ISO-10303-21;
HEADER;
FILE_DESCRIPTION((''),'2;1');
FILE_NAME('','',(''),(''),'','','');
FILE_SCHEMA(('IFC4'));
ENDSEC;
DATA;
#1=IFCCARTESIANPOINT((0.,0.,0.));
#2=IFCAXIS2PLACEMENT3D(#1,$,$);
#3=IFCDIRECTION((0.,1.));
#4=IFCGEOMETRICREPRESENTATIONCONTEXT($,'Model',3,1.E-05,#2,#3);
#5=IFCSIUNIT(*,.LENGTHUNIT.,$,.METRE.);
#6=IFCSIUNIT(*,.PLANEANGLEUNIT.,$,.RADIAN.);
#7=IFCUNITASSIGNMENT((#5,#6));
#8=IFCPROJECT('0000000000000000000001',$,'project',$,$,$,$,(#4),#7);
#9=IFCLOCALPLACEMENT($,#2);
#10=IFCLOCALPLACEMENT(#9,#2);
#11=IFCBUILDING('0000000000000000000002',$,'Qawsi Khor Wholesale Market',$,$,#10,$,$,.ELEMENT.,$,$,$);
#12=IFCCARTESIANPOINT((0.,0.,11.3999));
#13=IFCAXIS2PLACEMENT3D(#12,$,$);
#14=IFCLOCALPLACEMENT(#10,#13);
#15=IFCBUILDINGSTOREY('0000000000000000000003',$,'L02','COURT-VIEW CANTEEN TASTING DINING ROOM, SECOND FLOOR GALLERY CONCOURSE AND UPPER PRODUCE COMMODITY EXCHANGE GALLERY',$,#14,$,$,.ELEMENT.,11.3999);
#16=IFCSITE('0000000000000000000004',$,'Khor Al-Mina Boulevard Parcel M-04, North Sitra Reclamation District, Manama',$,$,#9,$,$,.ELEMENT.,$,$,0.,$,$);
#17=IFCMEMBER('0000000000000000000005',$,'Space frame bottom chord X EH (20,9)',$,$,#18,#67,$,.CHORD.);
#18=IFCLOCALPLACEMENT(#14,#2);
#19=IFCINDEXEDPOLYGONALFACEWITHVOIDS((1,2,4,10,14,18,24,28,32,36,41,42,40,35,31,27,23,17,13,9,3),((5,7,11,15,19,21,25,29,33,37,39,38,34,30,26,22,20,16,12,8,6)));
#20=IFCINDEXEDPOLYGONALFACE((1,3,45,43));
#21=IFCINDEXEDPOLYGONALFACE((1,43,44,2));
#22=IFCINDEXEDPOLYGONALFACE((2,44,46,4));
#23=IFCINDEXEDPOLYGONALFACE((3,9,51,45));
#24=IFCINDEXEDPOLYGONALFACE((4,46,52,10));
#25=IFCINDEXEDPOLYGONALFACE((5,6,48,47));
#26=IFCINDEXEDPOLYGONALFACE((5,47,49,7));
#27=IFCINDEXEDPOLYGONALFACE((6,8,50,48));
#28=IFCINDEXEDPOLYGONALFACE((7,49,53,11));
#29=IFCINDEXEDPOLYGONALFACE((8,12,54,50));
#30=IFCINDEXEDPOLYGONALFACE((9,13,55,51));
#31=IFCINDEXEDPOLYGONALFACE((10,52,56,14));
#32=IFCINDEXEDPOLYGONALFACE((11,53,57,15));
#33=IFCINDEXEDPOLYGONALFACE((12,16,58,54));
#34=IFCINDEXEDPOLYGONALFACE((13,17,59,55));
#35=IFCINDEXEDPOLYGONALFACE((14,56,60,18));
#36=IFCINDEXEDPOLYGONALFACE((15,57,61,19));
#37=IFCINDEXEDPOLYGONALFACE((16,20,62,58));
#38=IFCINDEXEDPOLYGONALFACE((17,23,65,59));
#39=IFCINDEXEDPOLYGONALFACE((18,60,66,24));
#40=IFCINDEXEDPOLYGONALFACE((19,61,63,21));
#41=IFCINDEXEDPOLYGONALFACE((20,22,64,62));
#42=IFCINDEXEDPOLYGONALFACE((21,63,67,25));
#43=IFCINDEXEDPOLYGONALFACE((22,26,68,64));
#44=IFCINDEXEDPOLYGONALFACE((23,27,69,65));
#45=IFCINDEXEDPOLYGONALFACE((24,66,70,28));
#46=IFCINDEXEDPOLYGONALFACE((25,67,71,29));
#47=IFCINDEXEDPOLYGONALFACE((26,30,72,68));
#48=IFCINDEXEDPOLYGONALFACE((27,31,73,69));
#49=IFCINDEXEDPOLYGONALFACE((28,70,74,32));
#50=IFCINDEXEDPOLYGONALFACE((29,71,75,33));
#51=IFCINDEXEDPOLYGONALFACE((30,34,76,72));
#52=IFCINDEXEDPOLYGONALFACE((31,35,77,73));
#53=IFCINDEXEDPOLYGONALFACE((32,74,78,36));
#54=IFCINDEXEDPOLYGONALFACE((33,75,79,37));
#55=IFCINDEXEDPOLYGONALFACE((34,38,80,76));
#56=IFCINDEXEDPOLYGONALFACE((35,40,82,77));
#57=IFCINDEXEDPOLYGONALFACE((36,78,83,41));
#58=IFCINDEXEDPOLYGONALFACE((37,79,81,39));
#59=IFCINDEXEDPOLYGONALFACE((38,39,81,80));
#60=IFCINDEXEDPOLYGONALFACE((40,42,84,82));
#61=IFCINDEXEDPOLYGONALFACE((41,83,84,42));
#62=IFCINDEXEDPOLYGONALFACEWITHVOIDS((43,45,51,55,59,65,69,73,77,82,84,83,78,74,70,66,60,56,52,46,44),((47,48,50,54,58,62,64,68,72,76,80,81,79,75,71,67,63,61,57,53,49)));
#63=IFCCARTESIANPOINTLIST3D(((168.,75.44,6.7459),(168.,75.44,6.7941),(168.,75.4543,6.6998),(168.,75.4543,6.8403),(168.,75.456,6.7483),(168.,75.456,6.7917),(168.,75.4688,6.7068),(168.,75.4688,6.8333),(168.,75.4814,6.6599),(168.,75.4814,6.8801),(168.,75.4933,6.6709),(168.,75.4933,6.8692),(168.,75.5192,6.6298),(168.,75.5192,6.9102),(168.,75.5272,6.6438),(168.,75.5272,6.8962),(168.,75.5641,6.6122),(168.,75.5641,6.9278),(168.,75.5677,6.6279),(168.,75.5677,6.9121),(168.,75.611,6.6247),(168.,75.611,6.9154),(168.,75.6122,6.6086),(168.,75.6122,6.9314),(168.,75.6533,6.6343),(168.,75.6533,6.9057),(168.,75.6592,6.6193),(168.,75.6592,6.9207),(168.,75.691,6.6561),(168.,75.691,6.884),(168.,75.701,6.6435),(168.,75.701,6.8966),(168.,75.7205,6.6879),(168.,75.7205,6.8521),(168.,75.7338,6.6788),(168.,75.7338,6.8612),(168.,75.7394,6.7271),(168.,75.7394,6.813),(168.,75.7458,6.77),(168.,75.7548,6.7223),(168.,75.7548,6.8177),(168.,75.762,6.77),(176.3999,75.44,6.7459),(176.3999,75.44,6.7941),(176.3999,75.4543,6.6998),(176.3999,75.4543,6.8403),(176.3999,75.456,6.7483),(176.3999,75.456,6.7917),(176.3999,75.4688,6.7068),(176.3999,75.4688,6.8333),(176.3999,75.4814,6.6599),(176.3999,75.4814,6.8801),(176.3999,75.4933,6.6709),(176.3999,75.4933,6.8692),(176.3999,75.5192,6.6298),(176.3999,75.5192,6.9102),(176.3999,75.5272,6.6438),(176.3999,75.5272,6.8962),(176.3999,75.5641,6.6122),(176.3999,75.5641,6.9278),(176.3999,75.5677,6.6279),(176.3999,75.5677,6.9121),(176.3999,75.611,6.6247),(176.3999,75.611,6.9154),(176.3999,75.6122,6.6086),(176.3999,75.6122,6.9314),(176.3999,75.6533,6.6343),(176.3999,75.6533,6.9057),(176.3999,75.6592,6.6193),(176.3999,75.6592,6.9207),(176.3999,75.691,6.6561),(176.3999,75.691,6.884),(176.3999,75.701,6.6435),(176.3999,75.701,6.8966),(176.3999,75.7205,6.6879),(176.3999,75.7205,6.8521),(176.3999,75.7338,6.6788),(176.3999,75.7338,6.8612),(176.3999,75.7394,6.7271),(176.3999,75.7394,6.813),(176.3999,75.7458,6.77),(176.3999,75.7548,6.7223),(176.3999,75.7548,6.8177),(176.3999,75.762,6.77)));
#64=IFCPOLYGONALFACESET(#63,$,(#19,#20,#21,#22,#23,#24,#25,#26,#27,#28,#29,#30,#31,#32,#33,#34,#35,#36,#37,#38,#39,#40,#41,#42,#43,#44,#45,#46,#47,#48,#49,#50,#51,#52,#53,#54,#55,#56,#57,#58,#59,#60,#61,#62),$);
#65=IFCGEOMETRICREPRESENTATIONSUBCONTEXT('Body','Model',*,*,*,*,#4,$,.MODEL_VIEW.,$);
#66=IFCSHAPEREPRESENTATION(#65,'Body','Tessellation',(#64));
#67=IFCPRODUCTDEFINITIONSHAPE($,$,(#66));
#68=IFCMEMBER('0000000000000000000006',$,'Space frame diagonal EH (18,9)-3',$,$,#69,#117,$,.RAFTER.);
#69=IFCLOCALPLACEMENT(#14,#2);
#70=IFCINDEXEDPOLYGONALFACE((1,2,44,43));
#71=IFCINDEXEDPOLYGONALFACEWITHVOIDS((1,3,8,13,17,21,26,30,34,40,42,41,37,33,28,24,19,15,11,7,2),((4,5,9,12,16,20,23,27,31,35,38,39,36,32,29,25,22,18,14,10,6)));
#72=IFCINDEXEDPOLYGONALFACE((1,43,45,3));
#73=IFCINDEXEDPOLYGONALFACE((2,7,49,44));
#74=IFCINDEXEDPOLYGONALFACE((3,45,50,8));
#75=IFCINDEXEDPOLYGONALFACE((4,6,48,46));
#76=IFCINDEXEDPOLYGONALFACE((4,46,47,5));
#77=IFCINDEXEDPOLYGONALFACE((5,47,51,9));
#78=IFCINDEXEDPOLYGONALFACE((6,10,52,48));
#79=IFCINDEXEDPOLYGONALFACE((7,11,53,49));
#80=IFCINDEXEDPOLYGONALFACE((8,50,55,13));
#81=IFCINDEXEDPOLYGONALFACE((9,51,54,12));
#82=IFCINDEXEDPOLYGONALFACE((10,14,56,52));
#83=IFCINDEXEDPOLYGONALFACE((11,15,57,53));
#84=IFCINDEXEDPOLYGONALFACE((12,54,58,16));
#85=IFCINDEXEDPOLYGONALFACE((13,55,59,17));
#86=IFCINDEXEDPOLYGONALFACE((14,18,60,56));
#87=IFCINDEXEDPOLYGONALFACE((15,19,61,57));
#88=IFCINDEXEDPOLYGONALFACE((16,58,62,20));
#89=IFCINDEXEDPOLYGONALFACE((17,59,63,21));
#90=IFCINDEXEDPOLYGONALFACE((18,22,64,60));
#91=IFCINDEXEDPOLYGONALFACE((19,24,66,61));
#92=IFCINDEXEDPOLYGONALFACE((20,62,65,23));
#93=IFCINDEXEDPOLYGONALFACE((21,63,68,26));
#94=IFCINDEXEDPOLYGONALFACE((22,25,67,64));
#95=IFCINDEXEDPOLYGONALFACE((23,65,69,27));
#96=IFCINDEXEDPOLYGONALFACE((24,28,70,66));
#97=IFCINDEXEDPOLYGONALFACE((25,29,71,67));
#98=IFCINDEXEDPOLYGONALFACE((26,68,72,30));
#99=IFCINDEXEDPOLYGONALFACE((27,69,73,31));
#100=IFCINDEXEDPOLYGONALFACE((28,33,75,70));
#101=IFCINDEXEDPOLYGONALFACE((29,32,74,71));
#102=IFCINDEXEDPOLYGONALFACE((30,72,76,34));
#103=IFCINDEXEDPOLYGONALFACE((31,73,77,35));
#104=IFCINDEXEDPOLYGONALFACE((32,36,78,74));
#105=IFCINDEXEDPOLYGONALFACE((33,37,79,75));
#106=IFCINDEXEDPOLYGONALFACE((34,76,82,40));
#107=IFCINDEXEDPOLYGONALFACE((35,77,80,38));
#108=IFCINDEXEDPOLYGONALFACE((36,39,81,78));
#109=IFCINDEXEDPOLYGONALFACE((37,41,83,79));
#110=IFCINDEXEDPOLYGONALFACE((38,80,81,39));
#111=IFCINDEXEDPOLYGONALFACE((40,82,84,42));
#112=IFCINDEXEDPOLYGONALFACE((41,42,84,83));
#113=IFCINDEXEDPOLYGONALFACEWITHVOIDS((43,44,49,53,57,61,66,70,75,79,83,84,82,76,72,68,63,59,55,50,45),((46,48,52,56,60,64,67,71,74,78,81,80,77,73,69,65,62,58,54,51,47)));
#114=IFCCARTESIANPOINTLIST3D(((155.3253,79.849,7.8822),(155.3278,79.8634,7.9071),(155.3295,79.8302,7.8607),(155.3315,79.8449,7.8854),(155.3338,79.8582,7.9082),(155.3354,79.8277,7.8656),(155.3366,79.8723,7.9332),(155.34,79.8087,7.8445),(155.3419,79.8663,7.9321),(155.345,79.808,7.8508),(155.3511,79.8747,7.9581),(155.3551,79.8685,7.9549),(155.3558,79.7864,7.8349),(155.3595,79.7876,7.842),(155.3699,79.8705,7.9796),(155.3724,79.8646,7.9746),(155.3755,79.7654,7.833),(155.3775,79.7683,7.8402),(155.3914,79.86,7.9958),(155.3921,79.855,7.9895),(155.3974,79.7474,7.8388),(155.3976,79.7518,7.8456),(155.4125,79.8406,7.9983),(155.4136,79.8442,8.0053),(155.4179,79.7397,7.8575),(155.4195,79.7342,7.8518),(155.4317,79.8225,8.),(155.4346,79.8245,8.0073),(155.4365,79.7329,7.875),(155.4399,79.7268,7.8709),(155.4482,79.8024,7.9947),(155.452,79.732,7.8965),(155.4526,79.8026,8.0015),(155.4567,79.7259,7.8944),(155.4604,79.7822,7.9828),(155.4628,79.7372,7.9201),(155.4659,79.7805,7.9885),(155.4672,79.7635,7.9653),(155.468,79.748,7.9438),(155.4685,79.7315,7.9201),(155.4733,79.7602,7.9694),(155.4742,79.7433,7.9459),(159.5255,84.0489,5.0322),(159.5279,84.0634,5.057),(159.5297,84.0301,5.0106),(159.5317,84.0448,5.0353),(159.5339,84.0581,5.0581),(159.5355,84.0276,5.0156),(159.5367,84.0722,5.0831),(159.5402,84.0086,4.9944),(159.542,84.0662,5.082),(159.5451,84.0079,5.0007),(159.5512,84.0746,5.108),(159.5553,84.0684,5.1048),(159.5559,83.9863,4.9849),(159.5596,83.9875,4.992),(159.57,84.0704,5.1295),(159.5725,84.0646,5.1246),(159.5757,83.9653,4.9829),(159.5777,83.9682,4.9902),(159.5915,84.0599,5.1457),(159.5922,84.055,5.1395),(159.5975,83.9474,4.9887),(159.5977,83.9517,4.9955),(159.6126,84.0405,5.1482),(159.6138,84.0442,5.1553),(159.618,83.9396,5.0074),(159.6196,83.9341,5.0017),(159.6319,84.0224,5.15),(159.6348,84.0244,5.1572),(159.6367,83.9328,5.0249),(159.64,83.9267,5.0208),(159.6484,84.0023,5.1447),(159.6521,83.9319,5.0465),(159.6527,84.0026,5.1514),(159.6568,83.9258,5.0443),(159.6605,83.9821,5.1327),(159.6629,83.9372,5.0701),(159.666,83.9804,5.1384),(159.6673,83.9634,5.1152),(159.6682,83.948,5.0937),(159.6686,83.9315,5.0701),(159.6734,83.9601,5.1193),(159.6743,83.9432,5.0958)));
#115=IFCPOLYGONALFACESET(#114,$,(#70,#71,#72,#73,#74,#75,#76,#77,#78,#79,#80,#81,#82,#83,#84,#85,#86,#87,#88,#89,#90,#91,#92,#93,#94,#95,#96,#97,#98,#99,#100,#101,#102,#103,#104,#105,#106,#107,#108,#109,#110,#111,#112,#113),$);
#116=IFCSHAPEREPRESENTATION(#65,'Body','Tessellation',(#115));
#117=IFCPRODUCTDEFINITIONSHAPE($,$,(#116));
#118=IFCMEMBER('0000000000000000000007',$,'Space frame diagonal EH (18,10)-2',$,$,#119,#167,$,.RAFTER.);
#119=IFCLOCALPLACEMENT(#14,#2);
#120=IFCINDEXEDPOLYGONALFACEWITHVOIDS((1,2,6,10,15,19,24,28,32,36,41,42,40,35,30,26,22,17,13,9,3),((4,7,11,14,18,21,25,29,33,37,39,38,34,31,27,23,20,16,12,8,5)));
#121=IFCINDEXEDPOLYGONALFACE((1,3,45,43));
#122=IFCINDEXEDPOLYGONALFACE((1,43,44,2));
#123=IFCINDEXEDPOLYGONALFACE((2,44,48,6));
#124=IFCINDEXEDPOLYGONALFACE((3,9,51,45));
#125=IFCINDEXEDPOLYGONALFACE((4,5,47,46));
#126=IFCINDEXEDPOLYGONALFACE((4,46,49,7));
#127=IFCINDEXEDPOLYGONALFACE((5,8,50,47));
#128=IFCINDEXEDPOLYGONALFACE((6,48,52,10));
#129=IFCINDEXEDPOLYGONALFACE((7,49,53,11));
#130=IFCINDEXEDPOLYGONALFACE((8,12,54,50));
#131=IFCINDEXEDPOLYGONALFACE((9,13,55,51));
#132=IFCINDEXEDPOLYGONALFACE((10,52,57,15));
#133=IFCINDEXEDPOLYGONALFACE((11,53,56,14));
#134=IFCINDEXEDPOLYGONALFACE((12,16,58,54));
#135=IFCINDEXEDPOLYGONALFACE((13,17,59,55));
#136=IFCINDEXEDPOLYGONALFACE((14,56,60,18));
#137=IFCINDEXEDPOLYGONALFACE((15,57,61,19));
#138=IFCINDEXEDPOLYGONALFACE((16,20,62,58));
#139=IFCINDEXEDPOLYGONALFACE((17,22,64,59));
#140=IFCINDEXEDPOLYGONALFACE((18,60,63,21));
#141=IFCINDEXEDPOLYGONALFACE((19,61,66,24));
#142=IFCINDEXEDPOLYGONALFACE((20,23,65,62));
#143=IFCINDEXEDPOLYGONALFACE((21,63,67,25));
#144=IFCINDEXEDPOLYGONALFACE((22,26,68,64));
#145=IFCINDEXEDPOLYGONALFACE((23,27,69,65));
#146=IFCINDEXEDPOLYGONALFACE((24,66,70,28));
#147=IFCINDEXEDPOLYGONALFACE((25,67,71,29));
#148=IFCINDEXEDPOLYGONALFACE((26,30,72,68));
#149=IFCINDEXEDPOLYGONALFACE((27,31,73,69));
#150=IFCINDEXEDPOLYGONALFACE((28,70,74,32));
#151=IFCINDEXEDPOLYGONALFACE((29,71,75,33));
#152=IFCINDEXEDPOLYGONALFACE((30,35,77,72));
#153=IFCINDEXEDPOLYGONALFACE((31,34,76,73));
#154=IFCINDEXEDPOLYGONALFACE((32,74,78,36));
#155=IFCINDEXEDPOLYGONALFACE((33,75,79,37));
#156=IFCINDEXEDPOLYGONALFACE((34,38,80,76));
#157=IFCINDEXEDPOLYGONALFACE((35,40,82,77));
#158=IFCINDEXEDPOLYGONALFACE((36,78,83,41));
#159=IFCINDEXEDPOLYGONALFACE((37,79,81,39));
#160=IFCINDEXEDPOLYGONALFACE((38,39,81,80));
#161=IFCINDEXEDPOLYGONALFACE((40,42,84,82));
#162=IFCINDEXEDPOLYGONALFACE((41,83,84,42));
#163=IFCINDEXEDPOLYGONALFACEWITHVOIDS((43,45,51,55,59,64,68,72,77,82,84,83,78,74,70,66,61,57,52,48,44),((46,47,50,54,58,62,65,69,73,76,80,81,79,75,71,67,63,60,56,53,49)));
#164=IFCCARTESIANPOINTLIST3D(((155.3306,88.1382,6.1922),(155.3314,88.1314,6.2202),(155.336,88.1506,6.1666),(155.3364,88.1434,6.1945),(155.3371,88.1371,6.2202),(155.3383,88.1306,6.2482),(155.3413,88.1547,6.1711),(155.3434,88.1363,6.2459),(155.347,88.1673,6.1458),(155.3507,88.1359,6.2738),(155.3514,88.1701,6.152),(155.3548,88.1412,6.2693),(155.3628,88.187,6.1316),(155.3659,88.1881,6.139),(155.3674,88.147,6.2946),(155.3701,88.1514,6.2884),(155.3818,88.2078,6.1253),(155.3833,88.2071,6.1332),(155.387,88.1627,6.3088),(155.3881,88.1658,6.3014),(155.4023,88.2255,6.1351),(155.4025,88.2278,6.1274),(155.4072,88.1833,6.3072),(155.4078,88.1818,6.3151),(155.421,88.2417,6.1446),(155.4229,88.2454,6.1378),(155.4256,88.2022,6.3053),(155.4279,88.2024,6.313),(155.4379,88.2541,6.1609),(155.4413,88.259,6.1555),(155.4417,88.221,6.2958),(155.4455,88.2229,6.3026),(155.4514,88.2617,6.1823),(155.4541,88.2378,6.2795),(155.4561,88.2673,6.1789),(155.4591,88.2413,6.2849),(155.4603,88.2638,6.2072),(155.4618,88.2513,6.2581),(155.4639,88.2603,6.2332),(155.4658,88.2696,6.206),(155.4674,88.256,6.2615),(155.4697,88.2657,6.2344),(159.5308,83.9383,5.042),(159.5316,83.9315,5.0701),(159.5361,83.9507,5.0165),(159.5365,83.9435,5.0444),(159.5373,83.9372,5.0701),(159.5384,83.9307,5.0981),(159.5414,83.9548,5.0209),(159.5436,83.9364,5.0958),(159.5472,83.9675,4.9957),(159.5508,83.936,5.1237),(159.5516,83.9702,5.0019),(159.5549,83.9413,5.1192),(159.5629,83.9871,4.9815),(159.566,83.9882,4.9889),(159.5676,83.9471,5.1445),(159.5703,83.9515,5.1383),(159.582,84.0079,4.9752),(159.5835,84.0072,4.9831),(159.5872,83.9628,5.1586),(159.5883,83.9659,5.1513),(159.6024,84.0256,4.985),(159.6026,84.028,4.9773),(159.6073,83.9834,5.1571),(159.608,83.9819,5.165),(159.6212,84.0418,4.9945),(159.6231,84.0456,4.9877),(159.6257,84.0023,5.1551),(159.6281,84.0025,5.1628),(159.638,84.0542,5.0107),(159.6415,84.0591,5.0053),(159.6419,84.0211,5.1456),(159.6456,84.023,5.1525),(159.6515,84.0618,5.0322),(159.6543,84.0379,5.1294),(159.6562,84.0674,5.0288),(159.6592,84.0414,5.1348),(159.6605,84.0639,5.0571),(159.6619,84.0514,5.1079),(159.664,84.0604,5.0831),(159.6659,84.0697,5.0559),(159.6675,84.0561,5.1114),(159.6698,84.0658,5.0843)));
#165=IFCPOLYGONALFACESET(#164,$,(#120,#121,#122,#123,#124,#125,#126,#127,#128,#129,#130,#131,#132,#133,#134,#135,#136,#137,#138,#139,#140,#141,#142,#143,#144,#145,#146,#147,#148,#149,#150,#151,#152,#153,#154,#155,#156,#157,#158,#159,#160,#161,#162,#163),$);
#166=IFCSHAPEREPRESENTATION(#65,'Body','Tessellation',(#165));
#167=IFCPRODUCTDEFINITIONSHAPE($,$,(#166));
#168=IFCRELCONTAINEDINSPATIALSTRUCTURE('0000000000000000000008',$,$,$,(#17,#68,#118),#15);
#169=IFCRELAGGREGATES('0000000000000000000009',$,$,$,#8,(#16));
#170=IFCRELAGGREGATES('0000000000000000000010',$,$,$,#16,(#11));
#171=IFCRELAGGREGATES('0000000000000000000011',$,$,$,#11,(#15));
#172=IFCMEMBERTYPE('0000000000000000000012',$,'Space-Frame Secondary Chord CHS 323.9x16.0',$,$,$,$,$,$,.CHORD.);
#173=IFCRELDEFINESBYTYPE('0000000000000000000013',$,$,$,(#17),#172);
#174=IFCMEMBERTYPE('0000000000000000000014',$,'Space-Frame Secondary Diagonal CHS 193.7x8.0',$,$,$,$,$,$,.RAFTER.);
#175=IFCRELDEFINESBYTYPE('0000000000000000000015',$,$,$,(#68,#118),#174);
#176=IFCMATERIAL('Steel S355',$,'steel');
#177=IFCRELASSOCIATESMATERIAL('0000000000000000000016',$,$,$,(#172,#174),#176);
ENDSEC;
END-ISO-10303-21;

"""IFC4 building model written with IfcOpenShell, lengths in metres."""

from ifc_helpers import new_model, si_unit, direction, frame, origin, origin_2d, place, context, subcontext, project, spatial, hollow_circle, extrude, material, material_profile, profile_set, type_object, element, save


model = new_model("IFC4")

# Units and contexts
model_context = context("Model", 3, precision=1e-05, world=origin(), true_north=direction((0.0, 1.0)))
body_context = subcontext(model_context, "Body", "Model", "MODEL_VIEW")
ifc_project = project(units=[si_unit("LENGTHUNIT", "METRE"), si_unit("PLANEANGLEUNIT", "RADIAN")], contexts=[model_context])

# Site, building, storey
site_placement = place(None, origin())
site = spatial("IfcSite", under=ifc_project, at=site_placement, Name="Khor Al-Mina Boulevard Parcel M-04, North Sitra Reclamation District, Manama", CompositionType="ELEMENT", RefElevation=0.0)
building_placement = place(site_placement, origin())
building = spatial("IfcBuilding", under=site, at=building_placement, Name="Qawsi Khor Wholesale Market", CompositionType="ELEMENT")
storey_placement = place(building_placement, frame((0.0, 0.0, 11.3999)))
storey = spatial("IfcBuildingStorey", under=building, at=storey_placement, Name="L02", Description="COURT-VIEW CANTEEN TASTING DINING ROOM, SECOND FLOOR GALLERY CONCOURSE AND UPPER PRODUCE COMMODITY EXCHANGE GALLERY", CompositionType="ELEMENT", Elevation=11.3999)

# Members
ifc_material_1 = material(Name="Steel S355", Category="steel")
ifc_material_profile_1 = material_profile(ifc_material_1, hollow_circle(Radius=0.1619, WallThickness=0.0161, at=origin_2d()), Name="CHS 323.9x16.0")
ifc_profile_set_1 = profile_set([ifc_material_profile_1], Name="Steel S355")
member_type_1 = type_object("IfcMemberType", Name="Space-Frame Secondary Chord CHS 323.9x16.0", PredefinedType="CHORD", material=ifc_profile_set_1)
for number, where, z_axis, x_axis, name in (
    (1, (168.0, 75.6001, 6.77), (1.0, 0.0, 0.0), (0.0, 1.0, 0.0), "Space frame bottom chord X EH (20,9)"),
):
    element("IfcMember", number, at=place(storey_placement, frame(where, z_axis=z_axis, x_axis=x_axis)), inside=storey, type_object=member_type_1, Name=name, PredefinedType="CHORD", context=body_context, shape_type="SweptSolid", body=[
        extrude(hollow_circle(Radius=0.1619, WallThickness=0.0161, at=origin_2d()), origin(), (0.0, 0.0, 1.0), 8.3999),
    ])
ifc_material_profile_2 = material_profile(ifc_material_1, hollow_circle(Radius=0.0969, WallThickness=0.0081, at=origin_2d()), Name="CHS 193.7x8.0")
ifc_profile_set_2 = profile_set([ifc_material_profile_2], Name="Steel S355")
member_type_2 = type_object("IfcMemberType", Name="Space-Frame Secondary Diagonal CHS 193.7x8.0", PredefinedType="RAFTER", material=ifc_profile_set_2)
member_1_placement = place(storey_placement, frame((159.6001, 84.0, 5.0701), z_axis=(-0.637534, -0.637497, 0.432607), x_axis=(0.707086, -0.707127, 0.0)))
element("IfcMember", 2, at=member_1_placement, inside=storey, type_object=member_type_2, Name="Space frame diagonal EH (18,9)-3", PredefinedType="RAFTER", context=body_context, shape_type="SweptSolid", body=[
    extrude(hollow_circle(Radius=0.0969, WallThickness=0.0081, at=origin_2d()), origin(), (0.0, 0.0, 1.0), 6.5881),
])
for number, where, z_axis, x_axis, name in (
    (3, (159.6001, 84.0, 5.0701), (-0.694232, 0.694192, 0.190103), (-0.707086, -0.707127, 0.0), "Space frame diagonal EH (18,10)-2"),
):
    element("IfcMember", number, at=place(storey_placement, frame(where, z_axis=z_axis, x_axis=x_axis)), inside=storey, type_object=member_type_2, Name=name, PredefinedType="RAFTER", context=body_context, shape_type="SweptSolid", body=[
        extrude(hollow_circle(Radius=0.0969, WallThickness=0.0081, at=origin_2d()), origin(), (0.0, 0.0, 1.0), 6.05),
    ])

save(model, "model.ifc")
